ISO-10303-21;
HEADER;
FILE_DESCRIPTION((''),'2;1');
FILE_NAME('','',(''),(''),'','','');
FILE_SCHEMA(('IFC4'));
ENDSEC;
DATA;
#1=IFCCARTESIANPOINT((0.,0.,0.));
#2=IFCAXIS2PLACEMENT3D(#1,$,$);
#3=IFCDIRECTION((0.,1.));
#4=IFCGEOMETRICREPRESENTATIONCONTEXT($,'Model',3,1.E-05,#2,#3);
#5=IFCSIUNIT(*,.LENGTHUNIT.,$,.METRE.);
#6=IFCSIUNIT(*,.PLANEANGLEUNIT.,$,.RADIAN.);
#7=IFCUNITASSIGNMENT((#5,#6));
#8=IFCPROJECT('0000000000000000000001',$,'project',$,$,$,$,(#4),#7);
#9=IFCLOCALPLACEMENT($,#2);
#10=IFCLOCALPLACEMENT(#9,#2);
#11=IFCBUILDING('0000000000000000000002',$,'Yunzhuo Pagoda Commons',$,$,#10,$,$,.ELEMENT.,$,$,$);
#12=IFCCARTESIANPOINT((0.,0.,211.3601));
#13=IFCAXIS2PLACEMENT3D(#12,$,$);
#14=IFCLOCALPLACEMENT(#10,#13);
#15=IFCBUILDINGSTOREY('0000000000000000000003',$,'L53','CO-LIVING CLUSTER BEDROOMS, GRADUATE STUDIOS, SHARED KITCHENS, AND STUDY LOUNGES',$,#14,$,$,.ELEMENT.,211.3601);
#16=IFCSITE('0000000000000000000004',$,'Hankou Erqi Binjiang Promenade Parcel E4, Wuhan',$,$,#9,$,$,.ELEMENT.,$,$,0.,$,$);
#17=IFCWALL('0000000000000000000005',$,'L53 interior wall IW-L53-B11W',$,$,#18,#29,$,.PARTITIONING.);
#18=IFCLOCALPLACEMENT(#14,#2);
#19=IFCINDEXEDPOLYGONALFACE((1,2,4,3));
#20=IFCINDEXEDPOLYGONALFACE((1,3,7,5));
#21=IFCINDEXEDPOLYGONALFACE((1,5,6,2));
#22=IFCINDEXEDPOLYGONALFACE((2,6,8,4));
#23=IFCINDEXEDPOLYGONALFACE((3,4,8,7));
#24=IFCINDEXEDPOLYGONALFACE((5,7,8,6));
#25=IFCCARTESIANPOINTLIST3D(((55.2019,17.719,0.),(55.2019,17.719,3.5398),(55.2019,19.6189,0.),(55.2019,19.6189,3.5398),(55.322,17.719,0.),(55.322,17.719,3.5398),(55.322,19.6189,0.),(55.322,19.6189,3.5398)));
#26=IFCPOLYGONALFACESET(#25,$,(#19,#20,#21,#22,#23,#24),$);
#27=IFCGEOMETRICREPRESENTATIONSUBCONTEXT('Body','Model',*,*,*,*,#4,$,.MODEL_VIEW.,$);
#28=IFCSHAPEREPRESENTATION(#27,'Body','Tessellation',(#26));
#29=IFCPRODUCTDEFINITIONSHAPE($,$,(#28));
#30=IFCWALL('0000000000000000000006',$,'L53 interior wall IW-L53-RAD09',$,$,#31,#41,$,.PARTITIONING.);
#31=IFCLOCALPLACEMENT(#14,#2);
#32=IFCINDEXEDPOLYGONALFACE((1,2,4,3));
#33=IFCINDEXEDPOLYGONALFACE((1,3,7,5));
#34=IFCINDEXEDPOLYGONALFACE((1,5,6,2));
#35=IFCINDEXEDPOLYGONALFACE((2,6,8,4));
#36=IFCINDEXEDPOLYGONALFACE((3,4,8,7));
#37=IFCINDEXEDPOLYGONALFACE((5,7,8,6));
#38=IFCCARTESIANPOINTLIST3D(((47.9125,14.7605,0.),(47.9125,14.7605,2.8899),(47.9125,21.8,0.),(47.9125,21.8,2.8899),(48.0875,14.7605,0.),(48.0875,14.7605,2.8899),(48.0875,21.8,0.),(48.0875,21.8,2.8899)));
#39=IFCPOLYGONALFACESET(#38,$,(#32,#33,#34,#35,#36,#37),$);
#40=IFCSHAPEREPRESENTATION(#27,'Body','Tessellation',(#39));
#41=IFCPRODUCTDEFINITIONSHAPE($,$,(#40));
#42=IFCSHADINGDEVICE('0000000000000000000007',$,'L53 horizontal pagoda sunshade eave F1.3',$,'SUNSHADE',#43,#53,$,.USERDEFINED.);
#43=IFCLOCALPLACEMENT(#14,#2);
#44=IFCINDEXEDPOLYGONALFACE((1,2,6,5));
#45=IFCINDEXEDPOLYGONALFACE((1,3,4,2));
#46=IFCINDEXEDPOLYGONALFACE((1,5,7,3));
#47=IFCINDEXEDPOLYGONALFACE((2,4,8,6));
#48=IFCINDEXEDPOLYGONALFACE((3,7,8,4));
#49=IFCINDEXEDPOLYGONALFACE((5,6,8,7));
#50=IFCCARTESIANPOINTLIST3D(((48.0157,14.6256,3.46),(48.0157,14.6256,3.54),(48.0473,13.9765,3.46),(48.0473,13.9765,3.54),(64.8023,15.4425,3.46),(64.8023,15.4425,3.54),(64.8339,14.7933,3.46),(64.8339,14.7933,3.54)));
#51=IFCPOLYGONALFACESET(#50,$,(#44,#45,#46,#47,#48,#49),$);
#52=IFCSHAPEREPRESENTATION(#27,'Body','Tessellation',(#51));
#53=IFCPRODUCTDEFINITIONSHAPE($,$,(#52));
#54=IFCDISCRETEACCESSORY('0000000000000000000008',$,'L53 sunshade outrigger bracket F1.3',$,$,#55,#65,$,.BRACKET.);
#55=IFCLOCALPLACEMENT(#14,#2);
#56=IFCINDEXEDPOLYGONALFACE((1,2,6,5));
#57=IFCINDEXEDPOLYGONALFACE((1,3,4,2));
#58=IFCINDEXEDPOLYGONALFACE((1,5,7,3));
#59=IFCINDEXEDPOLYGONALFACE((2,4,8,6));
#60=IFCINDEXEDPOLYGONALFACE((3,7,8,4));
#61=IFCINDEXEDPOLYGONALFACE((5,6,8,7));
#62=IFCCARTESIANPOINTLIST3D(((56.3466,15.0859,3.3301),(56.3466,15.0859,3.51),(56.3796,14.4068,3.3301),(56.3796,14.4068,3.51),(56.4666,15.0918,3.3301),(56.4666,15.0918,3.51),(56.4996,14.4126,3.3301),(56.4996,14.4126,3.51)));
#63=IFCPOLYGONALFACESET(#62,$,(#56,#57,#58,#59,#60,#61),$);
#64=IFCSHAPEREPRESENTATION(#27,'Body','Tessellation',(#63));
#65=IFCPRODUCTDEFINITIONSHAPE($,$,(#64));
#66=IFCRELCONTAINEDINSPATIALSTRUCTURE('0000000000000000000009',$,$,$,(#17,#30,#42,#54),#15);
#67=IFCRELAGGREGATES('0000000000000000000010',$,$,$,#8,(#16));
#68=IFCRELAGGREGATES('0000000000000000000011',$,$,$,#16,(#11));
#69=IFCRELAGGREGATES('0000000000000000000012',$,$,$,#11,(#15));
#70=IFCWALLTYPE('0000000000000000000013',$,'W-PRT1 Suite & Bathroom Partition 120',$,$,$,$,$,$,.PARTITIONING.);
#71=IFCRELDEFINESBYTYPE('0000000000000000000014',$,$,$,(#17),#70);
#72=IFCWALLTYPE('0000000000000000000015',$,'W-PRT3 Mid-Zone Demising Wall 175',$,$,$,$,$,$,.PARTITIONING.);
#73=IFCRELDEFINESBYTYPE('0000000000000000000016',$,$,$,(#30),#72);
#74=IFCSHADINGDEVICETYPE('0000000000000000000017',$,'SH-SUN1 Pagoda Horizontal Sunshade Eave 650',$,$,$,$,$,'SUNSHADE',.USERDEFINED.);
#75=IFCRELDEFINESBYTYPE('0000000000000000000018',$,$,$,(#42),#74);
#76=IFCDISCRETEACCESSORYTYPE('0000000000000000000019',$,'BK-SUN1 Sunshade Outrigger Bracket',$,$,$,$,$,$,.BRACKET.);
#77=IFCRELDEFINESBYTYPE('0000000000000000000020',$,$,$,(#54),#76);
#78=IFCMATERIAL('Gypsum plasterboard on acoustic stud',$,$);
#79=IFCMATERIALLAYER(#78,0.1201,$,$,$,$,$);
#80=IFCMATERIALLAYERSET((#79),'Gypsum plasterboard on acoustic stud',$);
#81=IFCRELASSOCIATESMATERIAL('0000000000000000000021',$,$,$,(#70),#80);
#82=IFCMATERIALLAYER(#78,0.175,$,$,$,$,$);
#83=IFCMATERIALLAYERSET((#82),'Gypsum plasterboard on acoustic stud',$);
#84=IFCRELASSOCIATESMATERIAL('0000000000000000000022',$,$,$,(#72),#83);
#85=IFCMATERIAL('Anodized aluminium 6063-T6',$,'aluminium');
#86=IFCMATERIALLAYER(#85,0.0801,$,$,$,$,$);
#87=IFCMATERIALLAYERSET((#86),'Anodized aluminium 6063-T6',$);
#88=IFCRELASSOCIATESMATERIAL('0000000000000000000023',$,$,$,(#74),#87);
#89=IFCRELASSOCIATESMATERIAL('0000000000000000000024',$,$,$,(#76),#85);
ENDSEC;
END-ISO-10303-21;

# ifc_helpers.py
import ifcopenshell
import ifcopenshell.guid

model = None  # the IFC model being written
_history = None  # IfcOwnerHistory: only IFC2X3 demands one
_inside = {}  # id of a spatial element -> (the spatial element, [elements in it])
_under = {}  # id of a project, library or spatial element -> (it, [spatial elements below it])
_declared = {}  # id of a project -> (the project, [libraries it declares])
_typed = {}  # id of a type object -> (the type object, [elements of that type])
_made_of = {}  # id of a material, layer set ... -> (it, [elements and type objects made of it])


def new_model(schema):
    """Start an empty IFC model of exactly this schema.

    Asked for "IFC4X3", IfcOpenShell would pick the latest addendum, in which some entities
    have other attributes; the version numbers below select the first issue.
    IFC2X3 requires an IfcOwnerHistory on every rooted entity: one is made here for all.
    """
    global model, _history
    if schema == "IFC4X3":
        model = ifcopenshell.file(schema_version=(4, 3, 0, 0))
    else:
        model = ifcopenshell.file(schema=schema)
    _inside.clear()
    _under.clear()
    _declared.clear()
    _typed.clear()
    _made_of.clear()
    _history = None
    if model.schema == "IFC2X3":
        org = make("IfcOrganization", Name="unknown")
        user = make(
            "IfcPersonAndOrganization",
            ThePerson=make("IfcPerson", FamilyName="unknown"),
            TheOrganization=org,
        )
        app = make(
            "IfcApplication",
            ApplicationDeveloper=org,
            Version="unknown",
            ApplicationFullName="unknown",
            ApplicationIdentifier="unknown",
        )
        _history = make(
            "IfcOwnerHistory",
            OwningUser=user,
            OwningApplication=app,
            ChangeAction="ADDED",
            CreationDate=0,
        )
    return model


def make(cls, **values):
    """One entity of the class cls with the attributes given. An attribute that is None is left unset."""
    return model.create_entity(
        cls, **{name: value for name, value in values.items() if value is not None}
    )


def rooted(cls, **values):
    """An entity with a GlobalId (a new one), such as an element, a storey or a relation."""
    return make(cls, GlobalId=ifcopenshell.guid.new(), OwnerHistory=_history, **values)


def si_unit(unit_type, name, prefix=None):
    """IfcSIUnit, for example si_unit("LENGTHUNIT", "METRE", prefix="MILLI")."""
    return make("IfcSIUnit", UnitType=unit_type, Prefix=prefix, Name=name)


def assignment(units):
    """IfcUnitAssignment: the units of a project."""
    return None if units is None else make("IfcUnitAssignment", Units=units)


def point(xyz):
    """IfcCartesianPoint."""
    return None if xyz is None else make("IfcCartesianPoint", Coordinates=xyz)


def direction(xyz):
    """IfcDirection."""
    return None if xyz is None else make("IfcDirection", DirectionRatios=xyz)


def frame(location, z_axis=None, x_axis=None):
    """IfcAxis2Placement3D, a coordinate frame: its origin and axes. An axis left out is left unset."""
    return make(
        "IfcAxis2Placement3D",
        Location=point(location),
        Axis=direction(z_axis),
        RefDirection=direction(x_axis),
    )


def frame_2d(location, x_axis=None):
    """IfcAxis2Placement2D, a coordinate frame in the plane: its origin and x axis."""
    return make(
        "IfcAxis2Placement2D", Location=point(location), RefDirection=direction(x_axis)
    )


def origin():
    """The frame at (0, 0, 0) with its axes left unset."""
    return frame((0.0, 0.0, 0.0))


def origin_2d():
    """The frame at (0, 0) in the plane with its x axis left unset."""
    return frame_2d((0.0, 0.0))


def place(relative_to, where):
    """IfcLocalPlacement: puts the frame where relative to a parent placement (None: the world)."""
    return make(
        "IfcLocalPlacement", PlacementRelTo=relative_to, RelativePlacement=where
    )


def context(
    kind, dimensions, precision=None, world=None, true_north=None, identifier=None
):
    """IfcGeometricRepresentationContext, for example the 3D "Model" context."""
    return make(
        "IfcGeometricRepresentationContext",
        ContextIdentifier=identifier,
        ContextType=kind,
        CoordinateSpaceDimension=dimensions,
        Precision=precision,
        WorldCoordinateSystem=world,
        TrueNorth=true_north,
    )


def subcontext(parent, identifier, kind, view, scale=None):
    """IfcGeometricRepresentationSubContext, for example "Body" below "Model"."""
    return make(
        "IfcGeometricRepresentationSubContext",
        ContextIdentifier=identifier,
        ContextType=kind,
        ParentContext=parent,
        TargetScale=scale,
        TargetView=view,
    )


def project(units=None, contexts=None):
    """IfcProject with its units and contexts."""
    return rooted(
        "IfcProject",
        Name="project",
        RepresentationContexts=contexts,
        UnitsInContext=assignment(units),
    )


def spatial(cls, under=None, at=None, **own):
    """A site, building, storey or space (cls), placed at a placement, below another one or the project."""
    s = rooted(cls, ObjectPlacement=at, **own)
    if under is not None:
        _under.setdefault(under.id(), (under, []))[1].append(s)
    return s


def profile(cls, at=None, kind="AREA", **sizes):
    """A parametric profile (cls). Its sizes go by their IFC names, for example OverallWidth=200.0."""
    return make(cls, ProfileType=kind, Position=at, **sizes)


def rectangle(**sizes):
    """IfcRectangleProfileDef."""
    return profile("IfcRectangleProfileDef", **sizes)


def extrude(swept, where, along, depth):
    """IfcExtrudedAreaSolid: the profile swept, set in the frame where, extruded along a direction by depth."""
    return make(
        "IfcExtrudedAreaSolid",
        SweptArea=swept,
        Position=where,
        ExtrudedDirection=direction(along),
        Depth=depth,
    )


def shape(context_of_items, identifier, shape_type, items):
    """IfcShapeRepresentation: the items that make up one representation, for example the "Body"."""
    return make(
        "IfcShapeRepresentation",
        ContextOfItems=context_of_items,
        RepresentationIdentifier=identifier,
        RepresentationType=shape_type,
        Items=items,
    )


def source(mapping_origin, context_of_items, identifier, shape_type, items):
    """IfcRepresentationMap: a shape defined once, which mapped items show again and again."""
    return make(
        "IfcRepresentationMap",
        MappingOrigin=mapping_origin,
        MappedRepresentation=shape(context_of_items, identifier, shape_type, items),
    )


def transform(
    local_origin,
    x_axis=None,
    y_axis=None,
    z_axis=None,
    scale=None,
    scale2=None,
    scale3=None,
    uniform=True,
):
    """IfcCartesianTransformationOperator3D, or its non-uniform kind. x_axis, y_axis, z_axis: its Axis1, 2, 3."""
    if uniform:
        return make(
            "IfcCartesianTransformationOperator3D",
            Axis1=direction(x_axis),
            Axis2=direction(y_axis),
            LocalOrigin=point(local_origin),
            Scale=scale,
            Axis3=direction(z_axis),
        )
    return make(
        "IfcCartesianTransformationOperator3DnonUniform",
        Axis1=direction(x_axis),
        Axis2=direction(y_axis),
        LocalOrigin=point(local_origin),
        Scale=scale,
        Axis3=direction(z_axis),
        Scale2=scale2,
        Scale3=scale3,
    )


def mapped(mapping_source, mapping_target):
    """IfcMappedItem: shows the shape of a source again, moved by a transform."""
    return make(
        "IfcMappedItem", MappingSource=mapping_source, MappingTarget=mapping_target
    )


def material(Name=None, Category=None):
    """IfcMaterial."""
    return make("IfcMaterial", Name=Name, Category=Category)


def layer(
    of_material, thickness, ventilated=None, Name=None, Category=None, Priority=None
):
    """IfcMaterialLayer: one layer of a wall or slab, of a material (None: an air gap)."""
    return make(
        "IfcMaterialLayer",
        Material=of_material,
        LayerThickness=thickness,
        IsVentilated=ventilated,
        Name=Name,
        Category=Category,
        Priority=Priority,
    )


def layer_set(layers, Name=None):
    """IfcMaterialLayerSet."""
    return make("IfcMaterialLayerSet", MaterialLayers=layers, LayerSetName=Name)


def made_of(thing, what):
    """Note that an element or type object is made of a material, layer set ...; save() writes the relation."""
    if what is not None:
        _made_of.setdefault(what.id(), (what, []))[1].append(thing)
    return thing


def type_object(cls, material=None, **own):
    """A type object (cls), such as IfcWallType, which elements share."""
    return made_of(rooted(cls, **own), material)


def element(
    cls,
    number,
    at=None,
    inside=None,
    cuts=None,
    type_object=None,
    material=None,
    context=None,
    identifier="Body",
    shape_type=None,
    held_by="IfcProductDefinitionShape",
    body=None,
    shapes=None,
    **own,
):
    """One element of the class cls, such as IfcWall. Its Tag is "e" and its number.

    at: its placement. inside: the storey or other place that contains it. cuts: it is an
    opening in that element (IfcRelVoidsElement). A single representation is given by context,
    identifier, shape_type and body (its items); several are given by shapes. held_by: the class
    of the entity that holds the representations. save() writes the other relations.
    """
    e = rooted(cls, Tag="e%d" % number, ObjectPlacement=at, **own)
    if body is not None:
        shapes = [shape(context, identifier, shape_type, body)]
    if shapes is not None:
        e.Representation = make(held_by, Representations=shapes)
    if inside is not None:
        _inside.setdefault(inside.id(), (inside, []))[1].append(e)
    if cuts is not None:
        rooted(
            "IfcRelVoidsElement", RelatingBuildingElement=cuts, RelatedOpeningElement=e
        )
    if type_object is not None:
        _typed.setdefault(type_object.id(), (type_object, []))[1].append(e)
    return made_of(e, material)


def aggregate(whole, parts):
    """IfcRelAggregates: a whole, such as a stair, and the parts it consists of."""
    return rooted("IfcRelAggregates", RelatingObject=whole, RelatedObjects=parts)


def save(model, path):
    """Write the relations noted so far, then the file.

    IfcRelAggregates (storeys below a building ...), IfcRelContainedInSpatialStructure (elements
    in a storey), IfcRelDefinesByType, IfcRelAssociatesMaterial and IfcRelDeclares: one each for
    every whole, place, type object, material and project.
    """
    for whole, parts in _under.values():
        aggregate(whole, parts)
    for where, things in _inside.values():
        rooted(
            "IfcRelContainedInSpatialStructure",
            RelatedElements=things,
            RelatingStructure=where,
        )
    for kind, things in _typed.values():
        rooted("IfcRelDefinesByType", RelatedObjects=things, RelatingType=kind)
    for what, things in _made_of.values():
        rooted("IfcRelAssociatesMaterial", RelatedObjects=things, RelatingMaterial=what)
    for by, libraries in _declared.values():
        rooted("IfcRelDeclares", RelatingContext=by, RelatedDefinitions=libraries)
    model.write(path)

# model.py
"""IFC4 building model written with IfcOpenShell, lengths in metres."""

from ifc_helpers import new_model, si_unit, direction, frame, frame_2d, origin, origin_2d, place, context, subcontext, project, spatial, rectangle, extrude, source, transform, mapped, material, layer, layer_set, type_object, element, save


model = new_model("IFC4")

# Units and contexts
model_context = context("Model", 3, precision=1e-05, world=origin(), true_north=direction((0.0, 1.0)))
body_context = subcontext(model_context, "Body", "Model", "MODEL_VIEW")
ifc_project = project(units=[si_unit("LENGTHUNIT", "METRE"), si_unit("PLANEANGLEUNIT", "RADIAN")], contexts=[model_context])

# Site, building, storey
site_placement = place(None, origin())
site = spatial("IfcSite", under=ifc_project, at=site_placement, Name="Hankou Erqi Binjiang Promenade Parcel E4, Wuhan", CompositionType="ELEMENT", RefElevation=0.0)
building_placement = place(site_placement, origin())
building = spatial("IfcBuilding", under=site, at=building_placement, Name="Yunzhuo Pagoda Commons", CompositionType="ELEMENT")
storey_placement = place(building_placement, frame((0.0, 0.0, 211.3601)))
storey = spatial("IfcBuildingStorey", under=building, at=storey_placement, Name="L53", Description="CO-LIVING CLUSTER BEDROOMS, GRADUATE STUDIOS, SHARED KITCHENS, AND STUDY LOUNGES", CompositionType="ELEMENT", Elevation=211.3601)

# Shared definitions
ifc_material_1 = material(Name="Anodized aluminium 6063-T6", Category="aluminium")

# Shared definitions
ifc_material_2 = material(Name="Gypsum plasterboard on acoustic stud")
ifc_layer_1 = layer(ifc_material_2, 0.1201)
ifc_layer_set_1 = layer_set([ifc_layer_1], Name="Gypsum plasterboard on acoustic stud")
wall_type_1 = type_object("IfcWallType", Name="W-PRT1 Suite & Bathroom Partition 120", PredefinedType="PARTITIONING", material=ifc_layer_set_1)

# Walls
wall_1_placement = place(storey_placement, frame((55.262, 19.6189, 0.0), z_axis=(0.0, 0.0, 1.0), x_axis=(0.0, -1.0, 0.0)))
element("IfcWall", 1, at=wall_1_placement, inside=storey, type_object=wall_type_1, Name="L53 interior wall IW-L53-B11W", PredefinedType="PARTITIONING", context=body_context, shape_type="SweptSolid", body=[
    extrude(rectangle(XDim=1.8999, YDim=0.1201, at=frame_2d((0.95, 0.0))), origin(), (0.0, 0.0, 1.0), 3.5398),
])
ifc_layer_2 = layer(ifc_material_2, 0.175)
ifc_layer_set_2 = layer_set([ifc_layer_2], Name="Gypsum plasterboard on acoustic stud")
wall_type_2 = type_object("IfcWallType", Name="W-PRT3 Mid-Zone Demising Wall 175", PredefinedType="PARTITIONING", material=ifc_layer_set_2)
wall_2_placement = place(storey_placement, frame((48.0, 21.8, 0.0), z_axis=(0.0, 0.0, 1.0), x_axis=(0.0, -1.0, 0.0)))
element("IfcWall", 2, at=wall_2_placement, inside=storey, type_object=wall_type_2, Name="L53 interior wall IW-L53-RAD09", PredefinedType="PARTITIONING", context=body_context, shape_type="SweptSolid", body=[
    extrude(rectangle(XDim=7.0396, YDim=0.175, at=frame_2d((3.5198, 0.0))), origin(), (0.0, 0.0, 1.0), 2.8899),
])

# Shading device
ifc_layer_3 = layer(ifc_material_1, 0.0801)
ifc_layer_set_3 = layer_set([ifc_layer_3], Name="Anodized aluminium 6063-T6")
shading_device_type = type_object("IfcShadingDeviceType", Name="SH-SUN1 Pagoda Horizontal Sunshade Eave 650", ElementType="SUNSHADE", PredefinedType="USERDEFINED", material=ifc_layer_set_3)
shared_shape_1 = source(origin(), body_context, "Body", "SweptSolid", [
    extrude(rectangle(XDim=16.8064, YDim=0.6499, at=origin_2d()), origin(), (0.0, 0.0, 1.0), 0.0801),
])
shading_device_placement = place(storey_placement, frame((56.4248, 14.7095, 3.46), z_axis=(0.0, 0.0, 1.0), x_axis=(0.998818, 0.048606, 0.0)))
element("IfcShadingDevice", 3, at=shading_device_placement, inside=storey, type_object=shading_device_type, Name="L53 horizontal pagoda sunshade eave F1.3", ObjectType="SUNSHADE", PredefinedType="USERDEFINED", context=body_context, shape_type="MappedRepresentation", body=[
    mapped(shared_shape_1, transform((0.0, 0.0, 0.0), scale=1.0)),
])

# Discrete accessory
discrete_accessory_type = type_object("IfcDiscreteAccessoryType", Name="BK-SUN1 Sunshade Outrigger Bracket", PredefinedType="BRACKET", material=ifc_material_1)
shared_shape_2 = source(origin(), body_context, "Body", "SweptSolid", [
    extrude(rectangle(XDim=0.1201, YDim=0.6799, at=origin_2d()), origin(), (0.0, 0.0, 1.0), 0.1799),
])
discrete_accessory_placement = place(storey_placement, frame((56.4231, 14.7493, 3.3301), z_axis=(0.0, 0.0, 1.0), x_axis=(0.998818, 0.048606, 0.0)))
element("IfcDiscreteAccessory", 4, at=discrete_accessory_placement, inside=storey, type_object=discrete_accessory_type, Name="L53 sunshade outrigger bracket F1.3", PredefinedType="BRACKET", context=body_context, shape_type="MappedRepresentation", body=[
    mapped(shared_shape_2, transform((0.0, 0.0, 0.0), scale=1.0)),
])

save(model, "model.ifc")
